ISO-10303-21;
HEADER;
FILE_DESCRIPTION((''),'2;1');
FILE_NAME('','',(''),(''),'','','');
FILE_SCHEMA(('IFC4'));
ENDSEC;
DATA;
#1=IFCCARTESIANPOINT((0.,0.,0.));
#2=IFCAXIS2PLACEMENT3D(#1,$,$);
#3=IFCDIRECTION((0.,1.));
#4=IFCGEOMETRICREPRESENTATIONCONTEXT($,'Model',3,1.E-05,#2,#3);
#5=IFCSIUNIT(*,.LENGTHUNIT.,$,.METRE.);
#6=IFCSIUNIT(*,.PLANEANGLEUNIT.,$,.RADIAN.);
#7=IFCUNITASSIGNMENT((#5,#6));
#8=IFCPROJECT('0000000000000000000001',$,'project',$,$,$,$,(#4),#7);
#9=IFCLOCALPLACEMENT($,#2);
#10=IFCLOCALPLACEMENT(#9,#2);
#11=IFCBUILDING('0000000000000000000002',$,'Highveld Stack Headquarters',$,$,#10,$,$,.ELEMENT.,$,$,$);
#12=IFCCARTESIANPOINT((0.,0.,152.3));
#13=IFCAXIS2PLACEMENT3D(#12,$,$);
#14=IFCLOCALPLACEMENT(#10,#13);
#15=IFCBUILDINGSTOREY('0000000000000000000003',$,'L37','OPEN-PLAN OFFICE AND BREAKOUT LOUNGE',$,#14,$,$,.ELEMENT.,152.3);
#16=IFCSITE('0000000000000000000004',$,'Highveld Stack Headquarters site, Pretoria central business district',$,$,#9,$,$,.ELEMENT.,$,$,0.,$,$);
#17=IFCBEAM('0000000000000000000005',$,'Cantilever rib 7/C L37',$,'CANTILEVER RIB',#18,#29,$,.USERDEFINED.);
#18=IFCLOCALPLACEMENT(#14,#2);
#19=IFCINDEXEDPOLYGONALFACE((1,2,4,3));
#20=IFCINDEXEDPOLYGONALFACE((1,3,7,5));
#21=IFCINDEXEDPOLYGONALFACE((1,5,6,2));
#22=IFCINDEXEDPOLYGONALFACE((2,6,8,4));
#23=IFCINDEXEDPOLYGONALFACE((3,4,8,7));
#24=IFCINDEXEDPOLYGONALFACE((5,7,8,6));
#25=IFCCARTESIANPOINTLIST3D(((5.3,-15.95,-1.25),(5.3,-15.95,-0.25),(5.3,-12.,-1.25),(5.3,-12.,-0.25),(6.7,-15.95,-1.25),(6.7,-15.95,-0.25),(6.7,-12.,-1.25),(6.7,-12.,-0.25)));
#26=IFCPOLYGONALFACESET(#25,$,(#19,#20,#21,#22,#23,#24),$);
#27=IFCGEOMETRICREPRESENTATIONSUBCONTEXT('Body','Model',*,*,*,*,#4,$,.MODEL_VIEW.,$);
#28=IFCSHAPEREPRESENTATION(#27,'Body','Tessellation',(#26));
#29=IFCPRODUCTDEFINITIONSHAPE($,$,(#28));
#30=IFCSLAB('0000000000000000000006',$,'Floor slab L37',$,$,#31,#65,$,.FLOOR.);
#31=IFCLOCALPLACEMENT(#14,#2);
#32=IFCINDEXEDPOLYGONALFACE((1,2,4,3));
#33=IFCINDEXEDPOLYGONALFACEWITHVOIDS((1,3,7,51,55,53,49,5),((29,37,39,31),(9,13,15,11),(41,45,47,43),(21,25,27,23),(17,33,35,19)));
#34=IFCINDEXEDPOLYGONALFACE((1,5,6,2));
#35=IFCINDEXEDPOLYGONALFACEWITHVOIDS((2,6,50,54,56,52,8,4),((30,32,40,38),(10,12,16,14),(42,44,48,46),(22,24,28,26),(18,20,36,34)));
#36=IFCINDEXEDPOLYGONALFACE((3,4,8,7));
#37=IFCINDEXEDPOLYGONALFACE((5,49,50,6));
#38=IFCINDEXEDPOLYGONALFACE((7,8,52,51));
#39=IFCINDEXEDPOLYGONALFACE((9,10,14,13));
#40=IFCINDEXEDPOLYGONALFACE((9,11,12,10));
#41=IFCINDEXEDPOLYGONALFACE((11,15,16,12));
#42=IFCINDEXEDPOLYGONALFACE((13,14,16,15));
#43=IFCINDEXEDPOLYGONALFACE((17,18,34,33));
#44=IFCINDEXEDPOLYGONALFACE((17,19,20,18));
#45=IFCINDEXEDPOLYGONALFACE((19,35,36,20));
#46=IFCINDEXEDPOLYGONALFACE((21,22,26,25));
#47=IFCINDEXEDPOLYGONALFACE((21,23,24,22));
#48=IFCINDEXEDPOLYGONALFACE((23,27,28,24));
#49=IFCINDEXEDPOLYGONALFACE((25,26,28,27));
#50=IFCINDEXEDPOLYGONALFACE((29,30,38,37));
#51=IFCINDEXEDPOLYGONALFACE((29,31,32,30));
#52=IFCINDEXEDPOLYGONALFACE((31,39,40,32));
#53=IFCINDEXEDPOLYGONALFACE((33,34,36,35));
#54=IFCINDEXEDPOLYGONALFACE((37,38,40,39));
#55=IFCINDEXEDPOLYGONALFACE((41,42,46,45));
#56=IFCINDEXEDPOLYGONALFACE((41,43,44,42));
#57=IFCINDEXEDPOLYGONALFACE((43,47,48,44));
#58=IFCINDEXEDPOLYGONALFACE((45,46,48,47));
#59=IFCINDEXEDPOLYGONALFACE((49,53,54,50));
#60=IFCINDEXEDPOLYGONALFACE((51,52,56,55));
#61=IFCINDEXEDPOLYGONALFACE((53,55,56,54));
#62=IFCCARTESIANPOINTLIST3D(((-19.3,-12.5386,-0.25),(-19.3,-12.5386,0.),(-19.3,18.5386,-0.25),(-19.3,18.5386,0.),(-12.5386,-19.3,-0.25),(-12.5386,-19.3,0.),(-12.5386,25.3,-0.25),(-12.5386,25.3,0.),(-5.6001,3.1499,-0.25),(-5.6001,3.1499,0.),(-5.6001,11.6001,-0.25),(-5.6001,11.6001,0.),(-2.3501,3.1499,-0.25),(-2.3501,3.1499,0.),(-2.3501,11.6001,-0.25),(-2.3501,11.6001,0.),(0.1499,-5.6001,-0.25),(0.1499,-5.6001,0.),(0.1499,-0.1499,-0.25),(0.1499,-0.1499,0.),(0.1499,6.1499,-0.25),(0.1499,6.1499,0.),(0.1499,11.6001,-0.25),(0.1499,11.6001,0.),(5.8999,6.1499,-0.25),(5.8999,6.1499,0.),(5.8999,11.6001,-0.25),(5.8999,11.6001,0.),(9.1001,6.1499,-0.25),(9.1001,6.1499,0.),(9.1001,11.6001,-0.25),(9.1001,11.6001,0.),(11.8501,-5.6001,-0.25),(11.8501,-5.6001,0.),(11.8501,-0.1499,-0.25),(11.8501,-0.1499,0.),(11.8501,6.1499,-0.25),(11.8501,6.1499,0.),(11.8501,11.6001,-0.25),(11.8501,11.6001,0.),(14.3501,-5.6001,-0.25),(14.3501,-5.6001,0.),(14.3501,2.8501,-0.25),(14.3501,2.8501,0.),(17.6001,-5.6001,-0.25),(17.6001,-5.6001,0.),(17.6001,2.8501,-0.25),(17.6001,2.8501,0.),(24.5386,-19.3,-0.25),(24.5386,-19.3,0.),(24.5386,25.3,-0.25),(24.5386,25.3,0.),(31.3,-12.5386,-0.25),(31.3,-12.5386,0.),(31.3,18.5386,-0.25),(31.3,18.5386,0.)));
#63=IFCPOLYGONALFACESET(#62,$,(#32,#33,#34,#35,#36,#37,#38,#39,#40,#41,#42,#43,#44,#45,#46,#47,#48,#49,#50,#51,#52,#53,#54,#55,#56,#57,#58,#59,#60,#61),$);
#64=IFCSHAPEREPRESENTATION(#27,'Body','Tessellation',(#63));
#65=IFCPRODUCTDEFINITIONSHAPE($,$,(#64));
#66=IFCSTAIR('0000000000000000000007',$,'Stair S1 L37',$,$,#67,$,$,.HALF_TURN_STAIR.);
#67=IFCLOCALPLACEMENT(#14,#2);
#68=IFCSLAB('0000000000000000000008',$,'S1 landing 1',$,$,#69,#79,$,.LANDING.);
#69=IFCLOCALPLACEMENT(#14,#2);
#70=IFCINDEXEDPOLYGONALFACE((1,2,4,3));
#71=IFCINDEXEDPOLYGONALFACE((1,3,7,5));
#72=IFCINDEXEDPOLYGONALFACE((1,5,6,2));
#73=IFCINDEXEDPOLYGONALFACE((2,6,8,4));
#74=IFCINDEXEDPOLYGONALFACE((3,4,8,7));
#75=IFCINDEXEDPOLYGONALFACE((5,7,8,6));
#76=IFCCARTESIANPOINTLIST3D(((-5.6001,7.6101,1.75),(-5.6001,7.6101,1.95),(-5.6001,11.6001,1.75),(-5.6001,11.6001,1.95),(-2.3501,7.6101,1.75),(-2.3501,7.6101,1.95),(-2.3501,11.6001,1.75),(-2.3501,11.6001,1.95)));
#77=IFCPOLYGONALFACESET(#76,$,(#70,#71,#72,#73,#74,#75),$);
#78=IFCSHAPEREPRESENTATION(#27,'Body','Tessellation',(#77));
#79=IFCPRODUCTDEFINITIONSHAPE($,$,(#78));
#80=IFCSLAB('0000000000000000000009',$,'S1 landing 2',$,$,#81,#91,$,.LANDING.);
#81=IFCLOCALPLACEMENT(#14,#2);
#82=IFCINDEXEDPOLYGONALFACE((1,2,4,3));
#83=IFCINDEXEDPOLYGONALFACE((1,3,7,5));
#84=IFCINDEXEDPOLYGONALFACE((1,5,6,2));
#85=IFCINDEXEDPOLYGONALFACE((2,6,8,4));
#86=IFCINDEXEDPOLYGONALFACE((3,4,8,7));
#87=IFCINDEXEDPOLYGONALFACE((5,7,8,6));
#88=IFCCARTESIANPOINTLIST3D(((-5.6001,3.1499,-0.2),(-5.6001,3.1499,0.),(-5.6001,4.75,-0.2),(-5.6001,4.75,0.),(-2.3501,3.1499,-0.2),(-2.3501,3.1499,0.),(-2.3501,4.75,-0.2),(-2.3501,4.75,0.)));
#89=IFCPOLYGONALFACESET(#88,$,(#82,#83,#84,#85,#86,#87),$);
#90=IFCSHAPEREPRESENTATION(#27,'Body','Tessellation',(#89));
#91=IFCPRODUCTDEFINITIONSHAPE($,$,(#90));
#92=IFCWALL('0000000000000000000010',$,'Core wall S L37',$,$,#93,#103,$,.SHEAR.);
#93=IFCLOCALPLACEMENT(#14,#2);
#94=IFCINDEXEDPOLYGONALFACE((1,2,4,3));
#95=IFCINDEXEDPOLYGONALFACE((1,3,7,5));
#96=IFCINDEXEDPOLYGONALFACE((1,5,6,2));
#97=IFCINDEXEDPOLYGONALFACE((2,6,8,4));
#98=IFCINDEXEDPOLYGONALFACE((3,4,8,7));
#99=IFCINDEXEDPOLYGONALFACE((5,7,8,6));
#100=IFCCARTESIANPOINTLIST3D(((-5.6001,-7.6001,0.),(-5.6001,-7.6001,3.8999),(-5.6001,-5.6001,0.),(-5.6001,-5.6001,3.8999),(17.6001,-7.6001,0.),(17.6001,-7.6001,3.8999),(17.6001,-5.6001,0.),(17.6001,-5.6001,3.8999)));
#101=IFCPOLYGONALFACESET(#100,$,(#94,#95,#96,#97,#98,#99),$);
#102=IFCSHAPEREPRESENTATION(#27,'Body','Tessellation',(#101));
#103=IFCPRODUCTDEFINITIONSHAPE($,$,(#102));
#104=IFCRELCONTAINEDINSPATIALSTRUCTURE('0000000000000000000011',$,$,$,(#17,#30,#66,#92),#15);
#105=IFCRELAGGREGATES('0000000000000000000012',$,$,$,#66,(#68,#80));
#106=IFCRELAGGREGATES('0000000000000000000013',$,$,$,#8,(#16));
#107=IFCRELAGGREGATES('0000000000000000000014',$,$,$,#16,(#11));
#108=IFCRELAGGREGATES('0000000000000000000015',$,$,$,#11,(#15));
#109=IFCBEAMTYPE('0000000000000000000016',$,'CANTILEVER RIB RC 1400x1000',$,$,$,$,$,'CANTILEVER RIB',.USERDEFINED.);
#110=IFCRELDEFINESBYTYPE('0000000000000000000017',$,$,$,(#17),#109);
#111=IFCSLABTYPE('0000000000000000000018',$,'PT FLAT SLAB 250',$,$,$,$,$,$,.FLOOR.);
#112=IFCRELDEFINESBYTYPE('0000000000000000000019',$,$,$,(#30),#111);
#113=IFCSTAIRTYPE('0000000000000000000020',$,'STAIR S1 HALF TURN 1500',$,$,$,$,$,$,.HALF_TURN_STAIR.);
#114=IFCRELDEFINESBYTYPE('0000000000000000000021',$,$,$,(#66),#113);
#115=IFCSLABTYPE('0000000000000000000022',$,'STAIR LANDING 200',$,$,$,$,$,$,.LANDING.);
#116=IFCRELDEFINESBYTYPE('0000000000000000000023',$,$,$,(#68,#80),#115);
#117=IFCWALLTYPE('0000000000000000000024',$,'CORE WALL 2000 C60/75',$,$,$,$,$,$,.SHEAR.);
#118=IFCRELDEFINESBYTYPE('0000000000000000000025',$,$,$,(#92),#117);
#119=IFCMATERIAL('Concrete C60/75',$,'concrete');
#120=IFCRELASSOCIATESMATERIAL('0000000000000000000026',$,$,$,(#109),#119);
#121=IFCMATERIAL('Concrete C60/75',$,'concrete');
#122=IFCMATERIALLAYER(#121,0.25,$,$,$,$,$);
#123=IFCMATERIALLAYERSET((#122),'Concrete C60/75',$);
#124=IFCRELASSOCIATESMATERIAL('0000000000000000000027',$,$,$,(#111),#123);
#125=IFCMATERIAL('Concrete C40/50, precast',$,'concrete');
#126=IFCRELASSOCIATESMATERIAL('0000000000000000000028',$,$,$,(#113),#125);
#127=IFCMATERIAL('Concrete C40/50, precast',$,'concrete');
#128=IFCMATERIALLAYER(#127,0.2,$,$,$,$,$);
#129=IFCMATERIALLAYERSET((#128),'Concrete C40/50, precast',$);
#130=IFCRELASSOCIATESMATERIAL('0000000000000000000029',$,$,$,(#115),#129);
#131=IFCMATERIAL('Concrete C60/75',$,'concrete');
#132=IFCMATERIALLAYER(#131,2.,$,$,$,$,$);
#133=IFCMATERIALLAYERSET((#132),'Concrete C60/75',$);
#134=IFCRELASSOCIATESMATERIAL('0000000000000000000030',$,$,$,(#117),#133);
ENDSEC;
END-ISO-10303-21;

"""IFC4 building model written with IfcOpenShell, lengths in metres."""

from ifc_helpers import new_model, si_unit, direction, frame, frame_2d, origin, origin_2d, place, context, subcontext, project, spatial, polyline, rectangle, outline, extrude, material, layer, layer_set, material_profile, profile_set, type_object, element, aggregate, save


model = new_model("IFC4")

# Units and contexts
model_context = context("Model", 3, precision=1e-05, world=origin(), true_north=direction((0.0, 1.0)))
body_context = subcontext(model_context, "Body", "Model", "MODEL_VIEW")
ifc_project = project(units=[si_unit("LENGTHUNIT", "METRE"), si_unit("PLANEANGLEUNIT", "RADIAN")], contexts=[model_context])

# Site, building, storey
site_placement = place(None, origin())
site = spatial("IfcSite", under=ifc_project, at=site_placement, Name="Highveld Stack Headquarters site, Pretoria central business district", CompositionType="ELEMENT", RefElevation=0.0)
building_placement = place(site_placement, origin())
building = spatial("IfcBuilding", under=site, at=building_placement, Name="Highveld Stack Headquarters", CompositionType="ELEMENT")
storey_placement = place(building_placement, frame((0.0, 0.0, 152.3)))
storey = spatial("IfcBuildingStorey", under=building, at=storey_placement, Name="L37", Description="OPEN-PLAN OFFICE AND BREAKOUT LOUNGE", CompositionType="ELEMENT", Elevation=152.3)

# Beam
ifc_material_1 = material(Name="Concrete C60/75", Category="concrete")
ifc_material_profile = material_profile(ifc_material_1, rectangle(XDim=1.3999, YDim=1.0, at=origin_2d()), Name="RC 1400x1000")
ifc_profile_set = profile_set([ifc_material_profile], Name="Concrete C60/75")
beam_type = type_object("IfcBeamType", Name="CANTILEVER RIB RC 1400x1000", ElementType="CANTILEVER RIB", PredefinedType="USERDEFINED", material=ifc_profile_set)
beam_placement = place(storey_placement, frame((6.0, -12.0, -0.75), z_axis=(0.0, -1.0, 0.0), x_axis=(1.0, 0.0, 0.0)))
element("IfcBeam", 1, at=beam_placement, inside=storey, type_object=beam_type, Name="Cantilever rib 7/C L37", ObjectType="CANTILEVER RIB", PredefinedType="USERDEFINED", context=body_context, shape_type="SweptSolid", body=[
    extrude(rectangle(XDim=1.3999, YDim=1.0, at=origin_2d()), origin(), (0.0, 0.0, 1.0), 3.95),
])

# Slab
ifc_material_2 = material(Name="Concrete C60/75", Category="concrete")
ifc_layer_1 = layer(ifc_material_2, 0.25)
ifc_layer_set_1 = layer_set([ifc_layer_1], Name="Concrete C60/75")
slab_type_1 = type_object("IfcSlabType", Name="PT FLAT SLAB 250", PredefinedType="FLOOR", material=ifc_layer_set_1)
slab_1_placement = place(storey_placement, frame((0.0, 0.0, -0.25)))
element("IfcSlab", 2, at=slab_1_placement, inside=storey, type_object=slab_type_1, Name="Floor slab L37", PredefinedType="FLOOR", context=body_context, shape_type="SweptSolid", body=[
    extrude(outline(polyline([(-12.5386, -19.3), (24.5386, -19.3), (31.3, -12.5386), (31.3, 18.5386), (24.5386, 25.3), (-12.5386, 25.3), (-19.3, 18.5386), (-19.3, -12.5386), (-12.5386, -19.3)]), holes=[polyline([(0.1499, 6.1499), (5.8999, 6.1499), (5.8999, 11.6001), (0.1499, 11.6001), (0.1499, 6.1499)]), polyline([(9.1001, 6.1499), (11.8501, 6.1499), (11.8501, 11.6001), (9.1001, 11.6001), (9.1001, 6.1499)]), polyline([(0.1499, -5.6001), (11.8501, -5.6001), (11.8501, -0.1499), (0.1499, -0.1499), (0.1499, -5.6001)]), polyline([(-5.6001, 3.1499), (-2.3501, 3.1499), (-2.3501, 11.6001), (-5.6001, 11.6001), (-5.6001, 3.1499)]), polyline([(14.3501, -5.6001), (17.6001, -5.6001), (17.6001, 2.8501), (14.3501, 2.8501), (14.3501, -5.6001)])]), origin(), (0.0, 0.0, 1.0), 0.25),
])

# Stair, slabs
ifc_material_3 = material(Name="Concrete C40/50, precast", Category="concrete")
stair_type = type_object("IfcStairType", Name="STAIR S1 HALF TURN 1500", PredefinedType="HALF_TURN_STAIR", material=ifc_material_3)
stair_placement = place(storey_placement, origin())
stair = element("IfcStair", 3, at=stair_placement, inside=storey, type_object=stair_type, Name="Stair S1 L37", PredefinedType="HALF_TURN_STAIR")
ifc_material_4 = material(Name="Concrete C40/50, precast", Category="concrete")
ifc_layer_2 = layer(ifc_material_4, 0.2)
ifc_layer_set_2 = layer_set([ifc_layer_2], Name="Concrete C40/50, precast")
slab_type_2 = type_object("IfcSlabType", Name="STAIR LANDING 200", PredefinedType="LANDING", material=ifc_layer_set_2)
slab_2_placement = place(storey_placement, frame((0.0, 0.0, 1.75)))
slab_2 = element("IfcSlab", 4, at=slab_2_placement, type_object=slab_type_2, Name="S1 landing 1", PredefinedType="LANDING", context=body_context, shape_type="SweptSolid", body=[
    extrude(outline(polyline([(-5.6001, 7.6101), (-2.3501, 7.6101), (-2.3501, 11.6001), (-5.6001, 11.6001), (-5.6001, 7.6101)])), origin(), (0.0, 0.0, 1.0), 0.2),
])
slab_3_placement = place(storey_placement, frame((0.0, 0.0, -0.2)))
slab_3 = element("IfcSlab", 5, at=slab_3_placement, type_object=slab_type_2, Name="S1 landing 2", PredefinedType="LANDING", context=body_context, shape_type="SweptSolid", body=[
    extrude(outline(polyline([(-5.6001, 3.1499), (-2.3501, 3.1499), (-2.3501, 4.75), (-5.6001, 4.75), (-5.6001, 3.1499)])), origin(), (0.0, 0.0, 1.0), 0.2),
])
aggregate(stair, [slab_2, slab_3])

# Wall
ifc_material_5 = material(Name="Concrete C60/75", Category="concrete")
ifc_layer_3 = layer(ifc_material_5, 2.0)
ifc_layer_set_3 = layer_set([ifc_layer_3], Name="Concrete C60/75")
wall_type_1 = type_object("IfcWallType", Name="CORE WALL 2000 C60/75", PredefinedType="SHEAR", material=ifc_layer_set_3)
wall_1_placement = place(storey_placement, frame((-5.6001, -6.6001, 0.0), z_axis=(0.0, 0.0, 1.0), x_axis=(1.0, 0.0, 0.0)))
element("IfcWall", 6, at=wall_1_placement, inside=storey, type_object=wall_type_1, Name="Core wall S L37", PredefinedType="SHEAR", context=body_context, shape_type="SweptSolid", body=[
    extrude(rectangle(XDim=23.2002, YDim=2.0, at=frame_2d((11.6001, 0.0))), origin(), (0.0, 0.0, 1.0), 3.8999),
])

save(model, "model.ifc")
